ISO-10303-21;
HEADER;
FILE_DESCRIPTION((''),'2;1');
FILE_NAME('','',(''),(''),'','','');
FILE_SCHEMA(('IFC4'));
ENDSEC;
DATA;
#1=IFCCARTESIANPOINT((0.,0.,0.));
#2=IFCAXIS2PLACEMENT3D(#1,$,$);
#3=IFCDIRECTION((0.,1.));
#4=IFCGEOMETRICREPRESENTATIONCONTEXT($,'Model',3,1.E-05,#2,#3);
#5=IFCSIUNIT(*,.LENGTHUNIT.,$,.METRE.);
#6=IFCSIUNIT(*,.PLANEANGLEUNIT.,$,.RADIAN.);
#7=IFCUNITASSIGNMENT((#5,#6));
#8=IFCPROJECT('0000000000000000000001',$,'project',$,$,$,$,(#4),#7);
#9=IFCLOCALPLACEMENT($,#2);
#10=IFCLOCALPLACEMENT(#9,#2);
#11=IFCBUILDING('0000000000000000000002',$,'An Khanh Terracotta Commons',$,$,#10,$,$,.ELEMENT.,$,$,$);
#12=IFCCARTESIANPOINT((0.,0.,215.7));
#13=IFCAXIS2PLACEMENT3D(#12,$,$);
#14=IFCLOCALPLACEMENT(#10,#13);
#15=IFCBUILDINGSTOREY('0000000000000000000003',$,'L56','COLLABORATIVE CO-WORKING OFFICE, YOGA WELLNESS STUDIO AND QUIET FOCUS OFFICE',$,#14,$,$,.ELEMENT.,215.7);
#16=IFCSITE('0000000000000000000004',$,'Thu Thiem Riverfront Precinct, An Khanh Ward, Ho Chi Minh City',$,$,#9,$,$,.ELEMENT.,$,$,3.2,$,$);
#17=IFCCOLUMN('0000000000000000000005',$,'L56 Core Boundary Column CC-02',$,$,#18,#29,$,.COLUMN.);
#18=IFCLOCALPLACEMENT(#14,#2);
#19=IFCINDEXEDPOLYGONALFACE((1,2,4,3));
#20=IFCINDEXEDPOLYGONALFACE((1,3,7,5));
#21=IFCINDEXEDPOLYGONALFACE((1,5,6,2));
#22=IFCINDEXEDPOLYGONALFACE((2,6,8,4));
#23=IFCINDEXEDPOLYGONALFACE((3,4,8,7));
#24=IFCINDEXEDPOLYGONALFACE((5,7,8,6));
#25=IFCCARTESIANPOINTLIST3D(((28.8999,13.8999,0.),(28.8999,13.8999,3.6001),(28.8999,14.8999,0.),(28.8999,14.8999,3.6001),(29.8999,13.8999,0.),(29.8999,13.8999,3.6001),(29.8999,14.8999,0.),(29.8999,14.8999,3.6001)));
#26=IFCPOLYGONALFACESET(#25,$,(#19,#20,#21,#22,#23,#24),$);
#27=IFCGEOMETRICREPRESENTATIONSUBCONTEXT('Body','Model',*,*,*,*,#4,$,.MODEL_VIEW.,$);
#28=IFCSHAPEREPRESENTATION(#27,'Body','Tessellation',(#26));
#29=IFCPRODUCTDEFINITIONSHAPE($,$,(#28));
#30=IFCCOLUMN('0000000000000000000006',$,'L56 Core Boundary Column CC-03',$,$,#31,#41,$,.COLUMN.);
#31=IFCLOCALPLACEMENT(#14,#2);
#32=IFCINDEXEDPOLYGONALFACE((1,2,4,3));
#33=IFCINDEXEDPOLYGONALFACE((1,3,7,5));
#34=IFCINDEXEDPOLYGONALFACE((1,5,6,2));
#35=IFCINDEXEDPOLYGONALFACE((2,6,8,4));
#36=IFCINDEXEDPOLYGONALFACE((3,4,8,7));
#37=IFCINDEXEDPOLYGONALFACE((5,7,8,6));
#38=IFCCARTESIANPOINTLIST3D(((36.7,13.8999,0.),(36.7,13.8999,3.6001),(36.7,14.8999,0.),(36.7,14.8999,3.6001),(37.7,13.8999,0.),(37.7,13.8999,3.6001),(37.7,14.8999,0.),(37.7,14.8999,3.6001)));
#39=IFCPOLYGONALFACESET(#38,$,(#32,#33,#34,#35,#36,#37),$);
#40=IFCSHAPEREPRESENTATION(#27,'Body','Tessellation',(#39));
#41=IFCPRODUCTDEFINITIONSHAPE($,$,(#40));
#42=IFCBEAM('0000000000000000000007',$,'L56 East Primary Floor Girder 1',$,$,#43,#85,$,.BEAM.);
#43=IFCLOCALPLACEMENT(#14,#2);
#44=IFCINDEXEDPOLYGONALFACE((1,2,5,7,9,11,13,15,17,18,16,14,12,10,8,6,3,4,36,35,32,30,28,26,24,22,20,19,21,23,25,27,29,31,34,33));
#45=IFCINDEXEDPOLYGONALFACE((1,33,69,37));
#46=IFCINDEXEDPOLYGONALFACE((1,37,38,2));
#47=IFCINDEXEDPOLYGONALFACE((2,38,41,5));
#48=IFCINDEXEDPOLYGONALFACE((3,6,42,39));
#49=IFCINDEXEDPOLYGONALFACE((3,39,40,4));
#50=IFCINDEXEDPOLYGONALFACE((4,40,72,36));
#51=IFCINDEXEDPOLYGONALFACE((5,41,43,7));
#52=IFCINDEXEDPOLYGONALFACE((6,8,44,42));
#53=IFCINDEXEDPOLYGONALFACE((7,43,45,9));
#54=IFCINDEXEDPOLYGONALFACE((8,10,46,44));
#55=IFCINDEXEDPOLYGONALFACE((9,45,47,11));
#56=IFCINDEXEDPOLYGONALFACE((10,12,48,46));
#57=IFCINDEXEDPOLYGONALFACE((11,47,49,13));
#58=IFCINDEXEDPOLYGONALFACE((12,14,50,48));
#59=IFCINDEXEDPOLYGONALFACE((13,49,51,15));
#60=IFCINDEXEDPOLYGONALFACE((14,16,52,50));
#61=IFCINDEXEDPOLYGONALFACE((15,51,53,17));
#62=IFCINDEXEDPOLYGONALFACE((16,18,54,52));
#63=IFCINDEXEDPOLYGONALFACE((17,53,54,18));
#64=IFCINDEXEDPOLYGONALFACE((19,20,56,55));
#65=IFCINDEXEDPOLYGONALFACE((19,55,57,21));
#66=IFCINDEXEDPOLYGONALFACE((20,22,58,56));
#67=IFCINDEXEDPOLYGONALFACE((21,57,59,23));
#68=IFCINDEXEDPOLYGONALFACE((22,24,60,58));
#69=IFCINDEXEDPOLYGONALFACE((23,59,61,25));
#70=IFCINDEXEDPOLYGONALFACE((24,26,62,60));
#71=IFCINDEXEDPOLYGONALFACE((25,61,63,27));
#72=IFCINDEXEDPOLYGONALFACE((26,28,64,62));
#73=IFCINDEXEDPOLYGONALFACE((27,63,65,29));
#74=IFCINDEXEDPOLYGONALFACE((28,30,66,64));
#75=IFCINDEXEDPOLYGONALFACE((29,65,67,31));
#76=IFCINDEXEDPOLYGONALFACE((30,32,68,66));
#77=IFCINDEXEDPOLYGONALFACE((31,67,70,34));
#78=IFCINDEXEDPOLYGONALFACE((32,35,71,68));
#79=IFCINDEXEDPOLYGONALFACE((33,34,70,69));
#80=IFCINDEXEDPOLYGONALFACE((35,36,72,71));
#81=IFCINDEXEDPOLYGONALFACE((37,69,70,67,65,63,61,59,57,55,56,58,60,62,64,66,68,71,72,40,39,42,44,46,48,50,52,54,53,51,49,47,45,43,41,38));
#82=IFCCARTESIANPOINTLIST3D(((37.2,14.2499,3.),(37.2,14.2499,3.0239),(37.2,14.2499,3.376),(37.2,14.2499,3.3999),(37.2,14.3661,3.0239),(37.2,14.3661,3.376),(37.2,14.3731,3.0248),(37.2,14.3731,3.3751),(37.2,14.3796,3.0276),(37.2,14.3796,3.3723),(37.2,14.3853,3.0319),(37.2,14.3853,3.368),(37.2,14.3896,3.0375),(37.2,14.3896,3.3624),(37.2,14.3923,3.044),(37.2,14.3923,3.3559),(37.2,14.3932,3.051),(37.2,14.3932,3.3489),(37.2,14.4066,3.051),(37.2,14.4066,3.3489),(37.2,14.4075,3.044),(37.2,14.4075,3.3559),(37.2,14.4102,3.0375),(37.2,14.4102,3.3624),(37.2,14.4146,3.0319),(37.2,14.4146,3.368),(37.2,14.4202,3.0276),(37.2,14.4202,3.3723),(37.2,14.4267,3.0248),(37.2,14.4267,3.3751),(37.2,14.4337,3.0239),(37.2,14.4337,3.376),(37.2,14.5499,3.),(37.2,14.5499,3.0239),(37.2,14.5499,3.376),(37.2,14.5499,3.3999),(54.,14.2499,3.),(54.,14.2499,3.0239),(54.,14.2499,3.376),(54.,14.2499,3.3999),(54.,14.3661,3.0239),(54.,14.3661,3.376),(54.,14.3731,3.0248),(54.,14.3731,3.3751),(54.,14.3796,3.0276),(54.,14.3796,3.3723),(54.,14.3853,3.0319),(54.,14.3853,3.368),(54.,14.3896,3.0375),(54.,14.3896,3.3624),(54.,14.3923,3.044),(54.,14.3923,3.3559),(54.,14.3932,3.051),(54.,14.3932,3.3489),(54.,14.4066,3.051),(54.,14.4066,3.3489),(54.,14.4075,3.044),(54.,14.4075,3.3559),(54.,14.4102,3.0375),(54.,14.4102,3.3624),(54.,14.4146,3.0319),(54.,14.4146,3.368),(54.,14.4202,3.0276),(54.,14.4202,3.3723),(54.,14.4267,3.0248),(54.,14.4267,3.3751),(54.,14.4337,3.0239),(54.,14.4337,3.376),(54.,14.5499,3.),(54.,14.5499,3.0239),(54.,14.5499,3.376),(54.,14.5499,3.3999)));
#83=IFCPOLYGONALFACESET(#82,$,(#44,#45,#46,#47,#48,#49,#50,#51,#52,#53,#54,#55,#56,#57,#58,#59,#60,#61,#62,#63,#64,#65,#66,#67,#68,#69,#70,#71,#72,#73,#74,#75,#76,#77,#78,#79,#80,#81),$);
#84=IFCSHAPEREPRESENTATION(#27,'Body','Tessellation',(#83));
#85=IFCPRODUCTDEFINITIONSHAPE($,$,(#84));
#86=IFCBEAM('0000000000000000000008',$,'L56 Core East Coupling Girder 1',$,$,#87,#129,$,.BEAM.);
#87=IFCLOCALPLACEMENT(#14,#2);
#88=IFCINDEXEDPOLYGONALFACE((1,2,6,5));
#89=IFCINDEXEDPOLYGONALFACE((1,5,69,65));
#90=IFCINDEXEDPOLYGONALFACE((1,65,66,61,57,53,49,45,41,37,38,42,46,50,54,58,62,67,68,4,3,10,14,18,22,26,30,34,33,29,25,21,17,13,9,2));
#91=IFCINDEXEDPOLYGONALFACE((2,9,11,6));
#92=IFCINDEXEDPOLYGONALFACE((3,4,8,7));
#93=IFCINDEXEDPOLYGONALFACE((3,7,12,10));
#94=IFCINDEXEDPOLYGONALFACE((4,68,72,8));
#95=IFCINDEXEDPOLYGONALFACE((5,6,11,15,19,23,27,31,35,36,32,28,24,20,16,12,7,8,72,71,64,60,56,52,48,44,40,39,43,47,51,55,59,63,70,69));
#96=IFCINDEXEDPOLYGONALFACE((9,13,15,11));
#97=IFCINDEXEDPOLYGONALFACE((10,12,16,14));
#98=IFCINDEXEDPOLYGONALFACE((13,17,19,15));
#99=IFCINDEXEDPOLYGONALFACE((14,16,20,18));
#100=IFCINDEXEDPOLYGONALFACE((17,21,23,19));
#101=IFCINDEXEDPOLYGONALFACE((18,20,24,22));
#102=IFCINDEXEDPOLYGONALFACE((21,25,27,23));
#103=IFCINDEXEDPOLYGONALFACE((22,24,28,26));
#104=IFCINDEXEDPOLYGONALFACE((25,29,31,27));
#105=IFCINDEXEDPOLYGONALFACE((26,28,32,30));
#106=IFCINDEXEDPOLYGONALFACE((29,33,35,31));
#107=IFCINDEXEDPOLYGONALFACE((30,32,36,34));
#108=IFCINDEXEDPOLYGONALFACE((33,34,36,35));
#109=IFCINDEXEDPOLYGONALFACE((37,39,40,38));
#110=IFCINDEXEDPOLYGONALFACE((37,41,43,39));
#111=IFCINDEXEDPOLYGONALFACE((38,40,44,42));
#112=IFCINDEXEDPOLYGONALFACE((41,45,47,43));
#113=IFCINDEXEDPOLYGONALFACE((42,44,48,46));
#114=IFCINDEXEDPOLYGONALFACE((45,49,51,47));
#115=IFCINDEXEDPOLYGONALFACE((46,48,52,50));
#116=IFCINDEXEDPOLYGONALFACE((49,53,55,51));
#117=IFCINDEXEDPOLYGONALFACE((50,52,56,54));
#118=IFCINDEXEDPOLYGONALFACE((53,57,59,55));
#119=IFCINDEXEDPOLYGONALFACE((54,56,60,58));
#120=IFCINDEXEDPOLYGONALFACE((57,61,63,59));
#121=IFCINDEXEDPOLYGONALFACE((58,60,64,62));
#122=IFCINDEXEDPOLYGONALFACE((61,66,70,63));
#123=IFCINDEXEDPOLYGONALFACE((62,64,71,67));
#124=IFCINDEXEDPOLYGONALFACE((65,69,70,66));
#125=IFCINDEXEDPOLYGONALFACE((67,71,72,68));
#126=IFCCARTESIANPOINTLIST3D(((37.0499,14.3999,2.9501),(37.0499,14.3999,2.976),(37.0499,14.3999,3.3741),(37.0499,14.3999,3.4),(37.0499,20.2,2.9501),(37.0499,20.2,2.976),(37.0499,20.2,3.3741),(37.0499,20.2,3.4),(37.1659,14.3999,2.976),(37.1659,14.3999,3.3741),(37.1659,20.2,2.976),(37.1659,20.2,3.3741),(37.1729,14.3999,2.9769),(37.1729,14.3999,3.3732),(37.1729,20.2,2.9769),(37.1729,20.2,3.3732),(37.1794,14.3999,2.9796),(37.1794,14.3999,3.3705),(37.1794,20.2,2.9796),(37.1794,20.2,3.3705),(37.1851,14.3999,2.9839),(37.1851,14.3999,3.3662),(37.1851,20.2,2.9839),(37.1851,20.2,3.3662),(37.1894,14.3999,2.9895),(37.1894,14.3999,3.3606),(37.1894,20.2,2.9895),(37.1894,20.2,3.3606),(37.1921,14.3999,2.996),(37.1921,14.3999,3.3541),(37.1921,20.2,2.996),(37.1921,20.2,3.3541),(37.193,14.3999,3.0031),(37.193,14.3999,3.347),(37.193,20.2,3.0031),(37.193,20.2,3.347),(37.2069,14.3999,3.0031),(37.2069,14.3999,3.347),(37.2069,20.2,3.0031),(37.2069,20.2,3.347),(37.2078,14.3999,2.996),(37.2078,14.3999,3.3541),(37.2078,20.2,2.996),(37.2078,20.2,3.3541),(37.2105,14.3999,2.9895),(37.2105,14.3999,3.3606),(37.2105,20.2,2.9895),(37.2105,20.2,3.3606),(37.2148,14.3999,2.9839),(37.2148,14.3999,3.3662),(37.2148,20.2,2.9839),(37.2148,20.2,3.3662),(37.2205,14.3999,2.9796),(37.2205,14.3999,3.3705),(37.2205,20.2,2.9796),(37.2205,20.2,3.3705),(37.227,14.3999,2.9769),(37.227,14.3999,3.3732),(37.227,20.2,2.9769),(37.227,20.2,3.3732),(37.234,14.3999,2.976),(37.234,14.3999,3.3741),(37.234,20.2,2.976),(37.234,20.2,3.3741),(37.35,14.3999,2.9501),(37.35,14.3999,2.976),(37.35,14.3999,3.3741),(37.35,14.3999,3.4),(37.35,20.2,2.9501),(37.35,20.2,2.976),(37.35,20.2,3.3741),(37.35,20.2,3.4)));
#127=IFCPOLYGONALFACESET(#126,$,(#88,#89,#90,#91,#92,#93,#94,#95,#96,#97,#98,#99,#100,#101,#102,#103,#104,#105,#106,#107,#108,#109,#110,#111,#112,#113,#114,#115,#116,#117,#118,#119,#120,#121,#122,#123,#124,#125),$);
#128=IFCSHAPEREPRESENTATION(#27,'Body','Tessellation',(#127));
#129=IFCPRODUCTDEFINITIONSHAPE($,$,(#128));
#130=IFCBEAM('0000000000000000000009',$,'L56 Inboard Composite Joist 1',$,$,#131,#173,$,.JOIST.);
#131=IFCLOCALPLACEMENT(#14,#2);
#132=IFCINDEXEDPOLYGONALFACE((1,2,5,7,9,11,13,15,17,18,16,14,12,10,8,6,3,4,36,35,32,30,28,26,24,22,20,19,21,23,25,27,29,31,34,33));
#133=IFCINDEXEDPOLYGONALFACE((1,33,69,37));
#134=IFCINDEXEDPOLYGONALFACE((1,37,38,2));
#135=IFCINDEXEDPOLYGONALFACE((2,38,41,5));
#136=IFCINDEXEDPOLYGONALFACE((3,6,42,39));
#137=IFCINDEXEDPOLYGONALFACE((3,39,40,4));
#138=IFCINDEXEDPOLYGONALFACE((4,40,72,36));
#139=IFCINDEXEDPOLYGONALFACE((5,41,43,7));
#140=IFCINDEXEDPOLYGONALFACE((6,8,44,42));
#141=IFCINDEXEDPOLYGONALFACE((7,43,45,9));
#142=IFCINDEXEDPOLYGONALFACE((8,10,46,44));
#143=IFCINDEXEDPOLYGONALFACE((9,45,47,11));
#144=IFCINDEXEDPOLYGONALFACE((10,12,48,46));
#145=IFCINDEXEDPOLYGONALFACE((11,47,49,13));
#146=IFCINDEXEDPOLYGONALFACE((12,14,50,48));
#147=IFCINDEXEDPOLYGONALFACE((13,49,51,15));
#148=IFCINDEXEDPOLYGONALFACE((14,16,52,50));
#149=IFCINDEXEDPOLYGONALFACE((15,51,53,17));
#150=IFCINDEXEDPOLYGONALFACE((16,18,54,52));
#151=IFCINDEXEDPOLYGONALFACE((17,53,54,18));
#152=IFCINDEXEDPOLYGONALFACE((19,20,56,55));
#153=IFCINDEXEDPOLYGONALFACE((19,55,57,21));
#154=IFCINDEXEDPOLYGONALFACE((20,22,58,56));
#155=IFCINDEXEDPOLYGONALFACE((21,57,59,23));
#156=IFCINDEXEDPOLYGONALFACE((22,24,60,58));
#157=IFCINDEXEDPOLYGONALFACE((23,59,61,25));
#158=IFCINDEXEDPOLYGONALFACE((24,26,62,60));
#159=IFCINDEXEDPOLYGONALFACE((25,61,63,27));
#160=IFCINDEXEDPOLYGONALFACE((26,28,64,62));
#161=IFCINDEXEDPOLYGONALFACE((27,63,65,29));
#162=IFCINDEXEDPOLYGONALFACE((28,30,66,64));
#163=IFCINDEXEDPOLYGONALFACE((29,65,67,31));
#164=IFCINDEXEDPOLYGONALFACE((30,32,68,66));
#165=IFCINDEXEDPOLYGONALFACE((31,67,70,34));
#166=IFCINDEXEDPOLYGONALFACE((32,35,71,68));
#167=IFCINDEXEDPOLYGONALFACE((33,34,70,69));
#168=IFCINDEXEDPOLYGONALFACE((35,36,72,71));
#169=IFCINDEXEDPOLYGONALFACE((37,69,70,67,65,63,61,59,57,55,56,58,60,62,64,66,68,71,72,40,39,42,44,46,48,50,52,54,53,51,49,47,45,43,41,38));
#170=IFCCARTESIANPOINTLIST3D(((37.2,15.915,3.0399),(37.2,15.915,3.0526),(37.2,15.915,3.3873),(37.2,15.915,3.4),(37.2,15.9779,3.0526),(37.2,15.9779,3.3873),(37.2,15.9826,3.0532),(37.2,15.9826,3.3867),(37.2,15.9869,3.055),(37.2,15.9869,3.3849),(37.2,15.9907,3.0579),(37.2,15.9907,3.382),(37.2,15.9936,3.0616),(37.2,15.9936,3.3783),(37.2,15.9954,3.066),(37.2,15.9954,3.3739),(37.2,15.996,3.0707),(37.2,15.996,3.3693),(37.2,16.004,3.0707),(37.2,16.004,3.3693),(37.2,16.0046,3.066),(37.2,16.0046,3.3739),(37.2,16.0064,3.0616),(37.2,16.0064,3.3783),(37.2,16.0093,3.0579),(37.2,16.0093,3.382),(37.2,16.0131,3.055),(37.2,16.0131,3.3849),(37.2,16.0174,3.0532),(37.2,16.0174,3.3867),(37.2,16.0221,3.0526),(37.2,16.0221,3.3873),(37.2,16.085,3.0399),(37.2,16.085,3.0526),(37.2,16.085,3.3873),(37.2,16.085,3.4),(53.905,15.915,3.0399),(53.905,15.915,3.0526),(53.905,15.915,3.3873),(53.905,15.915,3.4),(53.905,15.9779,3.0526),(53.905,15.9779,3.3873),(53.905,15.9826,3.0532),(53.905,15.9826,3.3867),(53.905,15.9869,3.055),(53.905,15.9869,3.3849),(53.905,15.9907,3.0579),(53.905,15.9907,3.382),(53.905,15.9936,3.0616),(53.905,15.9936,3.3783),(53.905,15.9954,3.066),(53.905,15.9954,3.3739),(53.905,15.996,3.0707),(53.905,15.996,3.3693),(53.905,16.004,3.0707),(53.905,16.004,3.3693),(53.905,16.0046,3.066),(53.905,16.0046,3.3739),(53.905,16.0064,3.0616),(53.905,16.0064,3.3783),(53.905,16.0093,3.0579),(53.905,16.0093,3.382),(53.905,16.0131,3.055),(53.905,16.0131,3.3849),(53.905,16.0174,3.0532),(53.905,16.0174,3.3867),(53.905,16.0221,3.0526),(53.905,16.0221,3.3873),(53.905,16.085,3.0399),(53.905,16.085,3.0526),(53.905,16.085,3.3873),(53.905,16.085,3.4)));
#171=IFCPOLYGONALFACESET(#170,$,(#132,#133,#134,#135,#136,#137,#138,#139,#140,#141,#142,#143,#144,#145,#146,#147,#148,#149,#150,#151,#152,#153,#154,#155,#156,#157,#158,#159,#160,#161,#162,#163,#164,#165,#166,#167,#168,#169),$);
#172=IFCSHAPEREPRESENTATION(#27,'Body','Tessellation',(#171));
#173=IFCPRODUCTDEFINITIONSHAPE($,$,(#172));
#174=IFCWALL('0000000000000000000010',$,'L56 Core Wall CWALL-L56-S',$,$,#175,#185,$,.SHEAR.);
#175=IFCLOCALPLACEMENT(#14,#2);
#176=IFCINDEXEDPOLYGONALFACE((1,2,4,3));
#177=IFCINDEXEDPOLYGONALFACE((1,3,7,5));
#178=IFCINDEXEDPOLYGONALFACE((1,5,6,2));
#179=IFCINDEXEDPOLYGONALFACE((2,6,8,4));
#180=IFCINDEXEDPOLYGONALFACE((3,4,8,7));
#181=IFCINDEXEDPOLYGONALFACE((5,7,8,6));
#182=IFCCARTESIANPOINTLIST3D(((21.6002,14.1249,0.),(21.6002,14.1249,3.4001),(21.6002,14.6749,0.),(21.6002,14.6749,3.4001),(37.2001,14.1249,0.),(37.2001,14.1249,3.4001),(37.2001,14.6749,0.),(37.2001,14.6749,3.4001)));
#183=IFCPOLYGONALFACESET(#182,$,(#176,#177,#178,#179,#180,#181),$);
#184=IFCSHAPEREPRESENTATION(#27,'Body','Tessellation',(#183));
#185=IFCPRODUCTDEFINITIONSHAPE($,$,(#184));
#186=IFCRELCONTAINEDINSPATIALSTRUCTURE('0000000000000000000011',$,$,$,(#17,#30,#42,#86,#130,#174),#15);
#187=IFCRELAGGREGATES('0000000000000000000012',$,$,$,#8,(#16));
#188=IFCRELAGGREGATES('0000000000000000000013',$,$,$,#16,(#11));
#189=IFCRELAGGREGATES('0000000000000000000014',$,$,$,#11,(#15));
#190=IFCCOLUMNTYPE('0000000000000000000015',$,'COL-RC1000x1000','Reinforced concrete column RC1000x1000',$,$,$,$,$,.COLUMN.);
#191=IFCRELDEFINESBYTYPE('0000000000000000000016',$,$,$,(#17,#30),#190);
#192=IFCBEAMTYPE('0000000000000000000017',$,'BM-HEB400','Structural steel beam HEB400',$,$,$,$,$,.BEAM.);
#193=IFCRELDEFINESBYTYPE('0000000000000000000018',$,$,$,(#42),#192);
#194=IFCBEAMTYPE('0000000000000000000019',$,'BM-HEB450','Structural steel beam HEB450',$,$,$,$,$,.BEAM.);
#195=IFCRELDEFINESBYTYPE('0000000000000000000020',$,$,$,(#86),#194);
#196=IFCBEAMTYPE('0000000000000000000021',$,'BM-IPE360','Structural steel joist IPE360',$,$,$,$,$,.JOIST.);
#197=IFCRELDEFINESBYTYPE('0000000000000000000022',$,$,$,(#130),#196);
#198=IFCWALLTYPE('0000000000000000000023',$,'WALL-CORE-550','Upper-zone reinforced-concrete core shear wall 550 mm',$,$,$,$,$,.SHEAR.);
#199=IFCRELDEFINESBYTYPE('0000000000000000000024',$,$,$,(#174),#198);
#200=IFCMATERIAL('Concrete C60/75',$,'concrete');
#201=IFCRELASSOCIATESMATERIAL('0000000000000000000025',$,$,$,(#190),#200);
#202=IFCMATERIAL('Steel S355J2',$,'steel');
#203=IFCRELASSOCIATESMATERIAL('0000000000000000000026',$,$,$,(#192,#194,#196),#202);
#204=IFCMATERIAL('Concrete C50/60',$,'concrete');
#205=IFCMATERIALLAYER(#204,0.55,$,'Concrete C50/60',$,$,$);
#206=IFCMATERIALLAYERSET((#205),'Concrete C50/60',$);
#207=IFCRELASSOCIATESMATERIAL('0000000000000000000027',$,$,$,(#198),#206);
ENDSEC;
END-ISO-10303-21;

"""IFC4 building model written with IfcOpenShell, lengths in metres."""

from ifc_helpers import new_model, si_unit, direction, frame, frame_2d, origin, origin_2d, place, context, subcontext, project, spatial, rectangle, i_section, extrude, material, layer, layer_set, material_profile, profile_set, type_object, element, save


model = new_model("IFC4")

# Units and contexts
model_context = context("Model", 3, precision=1e-05, world=origin(), true_north=direction((0.0, 1.0)))
body_context = subcontext(model_context, "Body", "Model", "MODEL_VIEW")
ifc_project = project(units=[si_unit("LENGTHUNIT", "METRE"), si_unit("PLANEANGLEUNIT", "RADIAN")], contexts=[model_context])

# Site, building, storey
site_placement = place(None, origin())
site = spatial("IfcSite", under=ifc_project, at=site_placement, Name="Thu Thiem Riverfront Precinct, An Khanh Ward, Ho Chi Minh City", CompositionType="ELEMENT", RefElevation=3.2)
building_placement = place(site_placement, origin())
building = spatial("IfcBuilding", under=site, at=building_placement, Name="An Khanh Terracotta Commons", CompositionType="ELEMENT")
storey_placement = place(building_placement, frame((0.0, 0.0, 215.7)))
storey = spatial("IfcBuildingStorey", under=building, at=storey_placement, Name="L56", Description="COLLABORATIVE CO-WORKING OFFICE, YOGA WELLNESS STUDIO AND QUIET FOCUS OFFICE", CompositionType="ELEMENT", Elevation=215.7)

# Columns
ifc_material_1 = material(Name="Concrete C60/75", Category="concrete")
ifc_material_profile_1 = material_profile(ifc_material_1, rectangle(XDim=1.0, YDim=1.0, at=origin_2d()), Name="RC1000x1000")
ifc_profile_set_1 = profile_set([ifc_material_profile_1], Name="Concrete C60/75")
column_type = type_object("IfcColumnType", Name="COL-RC1000x1000", Description="Reinforced concrete column RC1000x1000", PredefinedType="COLUMN", material=ifc_profile_set_1)
for number, where, z_axis, x_axis, name in (
    (1, (29.3999, 14.3999, 0.0), (0.0, 0.0, 1.0), (1.0, 0.0, 0.0), "L56 Core Boundary Column CC-02"),
    (2, (37.2, 14.3999, 0.0), (0.0, 0.0, 1.0), (1.0, 0.0, 0.0), "L56 Core Boundary Column CC-03"),
):
    element("IfcColumn", number, at=place(storey_placement, frame(where, z_axis=z_axis, x_axis=x_axis)), inside=storey, type_object=column_type, Name=name, PredefinedType="COLUMN", context=body_context, shape_type="SweptSolid", body=[
        extrude(rectangle(XDim=1.0, YDim=1.0, at=origin_2d()), origin(), (0.0, 0.0, 1.0), 3.6001),
    ])

# Beams
ifc_material_2 = material(Name="Steel S355J2", Category="steel")
ifc_material_profile_2 = material_profile(ifc_material_2, i_section(OverallWidth=0.3, OverallDepth=0.3999, WebThickness=0.0134, FlangeThickness=0.0239, FilletRadius=0.0271, at=origin_2d()), Name="HEB400")
ifc_profile_set_2 = profile_set([ifc_material_profile_2], Name="Steel S355J2")
beam_type_1 = type_object("IfcBeamType", Name="BM-HEB400", Description="Structural steel beam HEB400", PredefinedType="BEAM", material=ifc_profile_set_2)
beam_1_placement = place(storey_placement, frame((37.2, 14.3999, 3.2), z_axis=(1.0, 0.0, 0.0), x_axis=(0.0, 1.0, 0.0)))
element("IfcBeam", 3, at=beam_1_placement, inside=storey, type_object=beam_type_1, Name="L56 East Primary Floor Girder 1", PredefinedType="BEAM", context=body_context, shape_type="SweptSolid", body=[
    extrude(i_section(OverallWidth=0.3, OverallDepth=0.3999, WebThickness=0.0134, FlangeThickness=0.0239, FilletRadius=0.0271, at=origin_2d()), origin(), (0.0, 0.0, 1.0), 16.8),
])
ifc_material_profile_3 = material_profile(ifc_material_2, i_section(OverallWidth=0.3, OverallDepth=0.45, WebThickness=0.0139, FlangeThickness=0.0259, FilletRadius=0.0271, at=origin_2d()), Name="HEB450")
ifc_profile_set_3 = profile_set([ifc_material_profile_3], Name="Steel S355J2")
beam_type_2 = type_object("IfcBeamType", Name="BM-HEB450", Description="Structural steel beam HEB450", PredefinedType="BEAM", material=ifc_profile_set_3)
beam_2_placement = place(storey_placement, frame((37.2, 14.3999, 3.175), z_axis=(0.0, 1.0, 0.0), x_axis=(-1.0, 0.0, 0.0)))
element("IfcBeam", 4, at=beam_2_placement, inside=storey, type_object=beam_type_2, Name="L56 Core East Coupling Girder 1", PredefinedType="BEAM", context=body_context, shape_type="SweptSolid", body=[
    extrude(i_section(OverallWidth=0.3, OverallDepth=0.45, WebThickness=0.0139, FlangeThickness=0.0259, FilletRadius=0.0271, at=origin_2d()), origin(), (0.0, 0.0, 1.0), 5.8),
])
ifc_material_profile_4 = material_profile(ifc_material_2, i_section(OverallWidth=0.1699, OverallDepth=0.3601, WebThickness=0.0081, FlangeThickness=0.0127, FilletRadius=0.0181, at=origin_2d()), Name="IPE360")
ifc_profile_set_4 = profile_set([ifc_material_profile_4], Name="Steel S355J2")
beam_type_3 = type_object("IfcBeamType", Name="BM-IPE360", Description="Structural steel joist IPE360", PredefinedType="JOIST", material=ifc_profile_set_4)
beam_3_placement = place(storey_placement, frame((37.2, 16.0, 3.22), z_axis=(1.0, 0.0, 0.0), x_axis=(0.0, 1.0, 0.0)))
element("IfcBeam", 5, at=beam_3_placement, inside=storey, type_object=beam_type_3, Name="L56 Inboard Composite Joist 1", PredefinedType="JOIST", context=body_context, shape_type="SweptSolid", body=[
    extrude(i_section(OverallWidth=0.1699, OverallDepth=0.3601, WebThickness=0.0081, FlangeThickness=0.0127, FilletRadius=0.0181, at=origin_2d()), origin(), (0.0, 0.0, 1.0), 16.7051),
])

# Wall
ifc_material_3 = material(Name="Concrete C50/60", Category="concrete")
ifc_layer_1 = layer(ifc_material_3, 0.55, Name="Concrete C50/60")
ifc_layer_set_1 = layer_set([ifc_layer_1], Name="Concrete C50/60")
wall_type_1 = type_object("IfcWallType", Name="WALL-CORE-550", Description="Upper-zone reinforced-concrete core shear wall 550 mm", PredefinedType="SHEAR", material=ifc_layer_set_1)
wall_1_placement = place(storey_placement, frame((37.2, 14.3999, 0.0), z_axis=(0.0, 0.0, 1.0), x_axis=(-1.0, 0.0, 0.0)))
element("IfcWall", 6, at=wall_1_placement, inside=storey, type_object=wall_type_1, Name="L56 Core Wall CWALL-L56-S", PredefinedType="SHEAR", context=body_context, shape_type="SweptSolid", body=[
    extrude(rectangle(XDim=15.5999, YDim=0.55, at=frame_2d((7.7998, 0.0))), origin(), (0.0, 0.0, 1.0), 3.4001),
])

save(model, "model.ifc")
